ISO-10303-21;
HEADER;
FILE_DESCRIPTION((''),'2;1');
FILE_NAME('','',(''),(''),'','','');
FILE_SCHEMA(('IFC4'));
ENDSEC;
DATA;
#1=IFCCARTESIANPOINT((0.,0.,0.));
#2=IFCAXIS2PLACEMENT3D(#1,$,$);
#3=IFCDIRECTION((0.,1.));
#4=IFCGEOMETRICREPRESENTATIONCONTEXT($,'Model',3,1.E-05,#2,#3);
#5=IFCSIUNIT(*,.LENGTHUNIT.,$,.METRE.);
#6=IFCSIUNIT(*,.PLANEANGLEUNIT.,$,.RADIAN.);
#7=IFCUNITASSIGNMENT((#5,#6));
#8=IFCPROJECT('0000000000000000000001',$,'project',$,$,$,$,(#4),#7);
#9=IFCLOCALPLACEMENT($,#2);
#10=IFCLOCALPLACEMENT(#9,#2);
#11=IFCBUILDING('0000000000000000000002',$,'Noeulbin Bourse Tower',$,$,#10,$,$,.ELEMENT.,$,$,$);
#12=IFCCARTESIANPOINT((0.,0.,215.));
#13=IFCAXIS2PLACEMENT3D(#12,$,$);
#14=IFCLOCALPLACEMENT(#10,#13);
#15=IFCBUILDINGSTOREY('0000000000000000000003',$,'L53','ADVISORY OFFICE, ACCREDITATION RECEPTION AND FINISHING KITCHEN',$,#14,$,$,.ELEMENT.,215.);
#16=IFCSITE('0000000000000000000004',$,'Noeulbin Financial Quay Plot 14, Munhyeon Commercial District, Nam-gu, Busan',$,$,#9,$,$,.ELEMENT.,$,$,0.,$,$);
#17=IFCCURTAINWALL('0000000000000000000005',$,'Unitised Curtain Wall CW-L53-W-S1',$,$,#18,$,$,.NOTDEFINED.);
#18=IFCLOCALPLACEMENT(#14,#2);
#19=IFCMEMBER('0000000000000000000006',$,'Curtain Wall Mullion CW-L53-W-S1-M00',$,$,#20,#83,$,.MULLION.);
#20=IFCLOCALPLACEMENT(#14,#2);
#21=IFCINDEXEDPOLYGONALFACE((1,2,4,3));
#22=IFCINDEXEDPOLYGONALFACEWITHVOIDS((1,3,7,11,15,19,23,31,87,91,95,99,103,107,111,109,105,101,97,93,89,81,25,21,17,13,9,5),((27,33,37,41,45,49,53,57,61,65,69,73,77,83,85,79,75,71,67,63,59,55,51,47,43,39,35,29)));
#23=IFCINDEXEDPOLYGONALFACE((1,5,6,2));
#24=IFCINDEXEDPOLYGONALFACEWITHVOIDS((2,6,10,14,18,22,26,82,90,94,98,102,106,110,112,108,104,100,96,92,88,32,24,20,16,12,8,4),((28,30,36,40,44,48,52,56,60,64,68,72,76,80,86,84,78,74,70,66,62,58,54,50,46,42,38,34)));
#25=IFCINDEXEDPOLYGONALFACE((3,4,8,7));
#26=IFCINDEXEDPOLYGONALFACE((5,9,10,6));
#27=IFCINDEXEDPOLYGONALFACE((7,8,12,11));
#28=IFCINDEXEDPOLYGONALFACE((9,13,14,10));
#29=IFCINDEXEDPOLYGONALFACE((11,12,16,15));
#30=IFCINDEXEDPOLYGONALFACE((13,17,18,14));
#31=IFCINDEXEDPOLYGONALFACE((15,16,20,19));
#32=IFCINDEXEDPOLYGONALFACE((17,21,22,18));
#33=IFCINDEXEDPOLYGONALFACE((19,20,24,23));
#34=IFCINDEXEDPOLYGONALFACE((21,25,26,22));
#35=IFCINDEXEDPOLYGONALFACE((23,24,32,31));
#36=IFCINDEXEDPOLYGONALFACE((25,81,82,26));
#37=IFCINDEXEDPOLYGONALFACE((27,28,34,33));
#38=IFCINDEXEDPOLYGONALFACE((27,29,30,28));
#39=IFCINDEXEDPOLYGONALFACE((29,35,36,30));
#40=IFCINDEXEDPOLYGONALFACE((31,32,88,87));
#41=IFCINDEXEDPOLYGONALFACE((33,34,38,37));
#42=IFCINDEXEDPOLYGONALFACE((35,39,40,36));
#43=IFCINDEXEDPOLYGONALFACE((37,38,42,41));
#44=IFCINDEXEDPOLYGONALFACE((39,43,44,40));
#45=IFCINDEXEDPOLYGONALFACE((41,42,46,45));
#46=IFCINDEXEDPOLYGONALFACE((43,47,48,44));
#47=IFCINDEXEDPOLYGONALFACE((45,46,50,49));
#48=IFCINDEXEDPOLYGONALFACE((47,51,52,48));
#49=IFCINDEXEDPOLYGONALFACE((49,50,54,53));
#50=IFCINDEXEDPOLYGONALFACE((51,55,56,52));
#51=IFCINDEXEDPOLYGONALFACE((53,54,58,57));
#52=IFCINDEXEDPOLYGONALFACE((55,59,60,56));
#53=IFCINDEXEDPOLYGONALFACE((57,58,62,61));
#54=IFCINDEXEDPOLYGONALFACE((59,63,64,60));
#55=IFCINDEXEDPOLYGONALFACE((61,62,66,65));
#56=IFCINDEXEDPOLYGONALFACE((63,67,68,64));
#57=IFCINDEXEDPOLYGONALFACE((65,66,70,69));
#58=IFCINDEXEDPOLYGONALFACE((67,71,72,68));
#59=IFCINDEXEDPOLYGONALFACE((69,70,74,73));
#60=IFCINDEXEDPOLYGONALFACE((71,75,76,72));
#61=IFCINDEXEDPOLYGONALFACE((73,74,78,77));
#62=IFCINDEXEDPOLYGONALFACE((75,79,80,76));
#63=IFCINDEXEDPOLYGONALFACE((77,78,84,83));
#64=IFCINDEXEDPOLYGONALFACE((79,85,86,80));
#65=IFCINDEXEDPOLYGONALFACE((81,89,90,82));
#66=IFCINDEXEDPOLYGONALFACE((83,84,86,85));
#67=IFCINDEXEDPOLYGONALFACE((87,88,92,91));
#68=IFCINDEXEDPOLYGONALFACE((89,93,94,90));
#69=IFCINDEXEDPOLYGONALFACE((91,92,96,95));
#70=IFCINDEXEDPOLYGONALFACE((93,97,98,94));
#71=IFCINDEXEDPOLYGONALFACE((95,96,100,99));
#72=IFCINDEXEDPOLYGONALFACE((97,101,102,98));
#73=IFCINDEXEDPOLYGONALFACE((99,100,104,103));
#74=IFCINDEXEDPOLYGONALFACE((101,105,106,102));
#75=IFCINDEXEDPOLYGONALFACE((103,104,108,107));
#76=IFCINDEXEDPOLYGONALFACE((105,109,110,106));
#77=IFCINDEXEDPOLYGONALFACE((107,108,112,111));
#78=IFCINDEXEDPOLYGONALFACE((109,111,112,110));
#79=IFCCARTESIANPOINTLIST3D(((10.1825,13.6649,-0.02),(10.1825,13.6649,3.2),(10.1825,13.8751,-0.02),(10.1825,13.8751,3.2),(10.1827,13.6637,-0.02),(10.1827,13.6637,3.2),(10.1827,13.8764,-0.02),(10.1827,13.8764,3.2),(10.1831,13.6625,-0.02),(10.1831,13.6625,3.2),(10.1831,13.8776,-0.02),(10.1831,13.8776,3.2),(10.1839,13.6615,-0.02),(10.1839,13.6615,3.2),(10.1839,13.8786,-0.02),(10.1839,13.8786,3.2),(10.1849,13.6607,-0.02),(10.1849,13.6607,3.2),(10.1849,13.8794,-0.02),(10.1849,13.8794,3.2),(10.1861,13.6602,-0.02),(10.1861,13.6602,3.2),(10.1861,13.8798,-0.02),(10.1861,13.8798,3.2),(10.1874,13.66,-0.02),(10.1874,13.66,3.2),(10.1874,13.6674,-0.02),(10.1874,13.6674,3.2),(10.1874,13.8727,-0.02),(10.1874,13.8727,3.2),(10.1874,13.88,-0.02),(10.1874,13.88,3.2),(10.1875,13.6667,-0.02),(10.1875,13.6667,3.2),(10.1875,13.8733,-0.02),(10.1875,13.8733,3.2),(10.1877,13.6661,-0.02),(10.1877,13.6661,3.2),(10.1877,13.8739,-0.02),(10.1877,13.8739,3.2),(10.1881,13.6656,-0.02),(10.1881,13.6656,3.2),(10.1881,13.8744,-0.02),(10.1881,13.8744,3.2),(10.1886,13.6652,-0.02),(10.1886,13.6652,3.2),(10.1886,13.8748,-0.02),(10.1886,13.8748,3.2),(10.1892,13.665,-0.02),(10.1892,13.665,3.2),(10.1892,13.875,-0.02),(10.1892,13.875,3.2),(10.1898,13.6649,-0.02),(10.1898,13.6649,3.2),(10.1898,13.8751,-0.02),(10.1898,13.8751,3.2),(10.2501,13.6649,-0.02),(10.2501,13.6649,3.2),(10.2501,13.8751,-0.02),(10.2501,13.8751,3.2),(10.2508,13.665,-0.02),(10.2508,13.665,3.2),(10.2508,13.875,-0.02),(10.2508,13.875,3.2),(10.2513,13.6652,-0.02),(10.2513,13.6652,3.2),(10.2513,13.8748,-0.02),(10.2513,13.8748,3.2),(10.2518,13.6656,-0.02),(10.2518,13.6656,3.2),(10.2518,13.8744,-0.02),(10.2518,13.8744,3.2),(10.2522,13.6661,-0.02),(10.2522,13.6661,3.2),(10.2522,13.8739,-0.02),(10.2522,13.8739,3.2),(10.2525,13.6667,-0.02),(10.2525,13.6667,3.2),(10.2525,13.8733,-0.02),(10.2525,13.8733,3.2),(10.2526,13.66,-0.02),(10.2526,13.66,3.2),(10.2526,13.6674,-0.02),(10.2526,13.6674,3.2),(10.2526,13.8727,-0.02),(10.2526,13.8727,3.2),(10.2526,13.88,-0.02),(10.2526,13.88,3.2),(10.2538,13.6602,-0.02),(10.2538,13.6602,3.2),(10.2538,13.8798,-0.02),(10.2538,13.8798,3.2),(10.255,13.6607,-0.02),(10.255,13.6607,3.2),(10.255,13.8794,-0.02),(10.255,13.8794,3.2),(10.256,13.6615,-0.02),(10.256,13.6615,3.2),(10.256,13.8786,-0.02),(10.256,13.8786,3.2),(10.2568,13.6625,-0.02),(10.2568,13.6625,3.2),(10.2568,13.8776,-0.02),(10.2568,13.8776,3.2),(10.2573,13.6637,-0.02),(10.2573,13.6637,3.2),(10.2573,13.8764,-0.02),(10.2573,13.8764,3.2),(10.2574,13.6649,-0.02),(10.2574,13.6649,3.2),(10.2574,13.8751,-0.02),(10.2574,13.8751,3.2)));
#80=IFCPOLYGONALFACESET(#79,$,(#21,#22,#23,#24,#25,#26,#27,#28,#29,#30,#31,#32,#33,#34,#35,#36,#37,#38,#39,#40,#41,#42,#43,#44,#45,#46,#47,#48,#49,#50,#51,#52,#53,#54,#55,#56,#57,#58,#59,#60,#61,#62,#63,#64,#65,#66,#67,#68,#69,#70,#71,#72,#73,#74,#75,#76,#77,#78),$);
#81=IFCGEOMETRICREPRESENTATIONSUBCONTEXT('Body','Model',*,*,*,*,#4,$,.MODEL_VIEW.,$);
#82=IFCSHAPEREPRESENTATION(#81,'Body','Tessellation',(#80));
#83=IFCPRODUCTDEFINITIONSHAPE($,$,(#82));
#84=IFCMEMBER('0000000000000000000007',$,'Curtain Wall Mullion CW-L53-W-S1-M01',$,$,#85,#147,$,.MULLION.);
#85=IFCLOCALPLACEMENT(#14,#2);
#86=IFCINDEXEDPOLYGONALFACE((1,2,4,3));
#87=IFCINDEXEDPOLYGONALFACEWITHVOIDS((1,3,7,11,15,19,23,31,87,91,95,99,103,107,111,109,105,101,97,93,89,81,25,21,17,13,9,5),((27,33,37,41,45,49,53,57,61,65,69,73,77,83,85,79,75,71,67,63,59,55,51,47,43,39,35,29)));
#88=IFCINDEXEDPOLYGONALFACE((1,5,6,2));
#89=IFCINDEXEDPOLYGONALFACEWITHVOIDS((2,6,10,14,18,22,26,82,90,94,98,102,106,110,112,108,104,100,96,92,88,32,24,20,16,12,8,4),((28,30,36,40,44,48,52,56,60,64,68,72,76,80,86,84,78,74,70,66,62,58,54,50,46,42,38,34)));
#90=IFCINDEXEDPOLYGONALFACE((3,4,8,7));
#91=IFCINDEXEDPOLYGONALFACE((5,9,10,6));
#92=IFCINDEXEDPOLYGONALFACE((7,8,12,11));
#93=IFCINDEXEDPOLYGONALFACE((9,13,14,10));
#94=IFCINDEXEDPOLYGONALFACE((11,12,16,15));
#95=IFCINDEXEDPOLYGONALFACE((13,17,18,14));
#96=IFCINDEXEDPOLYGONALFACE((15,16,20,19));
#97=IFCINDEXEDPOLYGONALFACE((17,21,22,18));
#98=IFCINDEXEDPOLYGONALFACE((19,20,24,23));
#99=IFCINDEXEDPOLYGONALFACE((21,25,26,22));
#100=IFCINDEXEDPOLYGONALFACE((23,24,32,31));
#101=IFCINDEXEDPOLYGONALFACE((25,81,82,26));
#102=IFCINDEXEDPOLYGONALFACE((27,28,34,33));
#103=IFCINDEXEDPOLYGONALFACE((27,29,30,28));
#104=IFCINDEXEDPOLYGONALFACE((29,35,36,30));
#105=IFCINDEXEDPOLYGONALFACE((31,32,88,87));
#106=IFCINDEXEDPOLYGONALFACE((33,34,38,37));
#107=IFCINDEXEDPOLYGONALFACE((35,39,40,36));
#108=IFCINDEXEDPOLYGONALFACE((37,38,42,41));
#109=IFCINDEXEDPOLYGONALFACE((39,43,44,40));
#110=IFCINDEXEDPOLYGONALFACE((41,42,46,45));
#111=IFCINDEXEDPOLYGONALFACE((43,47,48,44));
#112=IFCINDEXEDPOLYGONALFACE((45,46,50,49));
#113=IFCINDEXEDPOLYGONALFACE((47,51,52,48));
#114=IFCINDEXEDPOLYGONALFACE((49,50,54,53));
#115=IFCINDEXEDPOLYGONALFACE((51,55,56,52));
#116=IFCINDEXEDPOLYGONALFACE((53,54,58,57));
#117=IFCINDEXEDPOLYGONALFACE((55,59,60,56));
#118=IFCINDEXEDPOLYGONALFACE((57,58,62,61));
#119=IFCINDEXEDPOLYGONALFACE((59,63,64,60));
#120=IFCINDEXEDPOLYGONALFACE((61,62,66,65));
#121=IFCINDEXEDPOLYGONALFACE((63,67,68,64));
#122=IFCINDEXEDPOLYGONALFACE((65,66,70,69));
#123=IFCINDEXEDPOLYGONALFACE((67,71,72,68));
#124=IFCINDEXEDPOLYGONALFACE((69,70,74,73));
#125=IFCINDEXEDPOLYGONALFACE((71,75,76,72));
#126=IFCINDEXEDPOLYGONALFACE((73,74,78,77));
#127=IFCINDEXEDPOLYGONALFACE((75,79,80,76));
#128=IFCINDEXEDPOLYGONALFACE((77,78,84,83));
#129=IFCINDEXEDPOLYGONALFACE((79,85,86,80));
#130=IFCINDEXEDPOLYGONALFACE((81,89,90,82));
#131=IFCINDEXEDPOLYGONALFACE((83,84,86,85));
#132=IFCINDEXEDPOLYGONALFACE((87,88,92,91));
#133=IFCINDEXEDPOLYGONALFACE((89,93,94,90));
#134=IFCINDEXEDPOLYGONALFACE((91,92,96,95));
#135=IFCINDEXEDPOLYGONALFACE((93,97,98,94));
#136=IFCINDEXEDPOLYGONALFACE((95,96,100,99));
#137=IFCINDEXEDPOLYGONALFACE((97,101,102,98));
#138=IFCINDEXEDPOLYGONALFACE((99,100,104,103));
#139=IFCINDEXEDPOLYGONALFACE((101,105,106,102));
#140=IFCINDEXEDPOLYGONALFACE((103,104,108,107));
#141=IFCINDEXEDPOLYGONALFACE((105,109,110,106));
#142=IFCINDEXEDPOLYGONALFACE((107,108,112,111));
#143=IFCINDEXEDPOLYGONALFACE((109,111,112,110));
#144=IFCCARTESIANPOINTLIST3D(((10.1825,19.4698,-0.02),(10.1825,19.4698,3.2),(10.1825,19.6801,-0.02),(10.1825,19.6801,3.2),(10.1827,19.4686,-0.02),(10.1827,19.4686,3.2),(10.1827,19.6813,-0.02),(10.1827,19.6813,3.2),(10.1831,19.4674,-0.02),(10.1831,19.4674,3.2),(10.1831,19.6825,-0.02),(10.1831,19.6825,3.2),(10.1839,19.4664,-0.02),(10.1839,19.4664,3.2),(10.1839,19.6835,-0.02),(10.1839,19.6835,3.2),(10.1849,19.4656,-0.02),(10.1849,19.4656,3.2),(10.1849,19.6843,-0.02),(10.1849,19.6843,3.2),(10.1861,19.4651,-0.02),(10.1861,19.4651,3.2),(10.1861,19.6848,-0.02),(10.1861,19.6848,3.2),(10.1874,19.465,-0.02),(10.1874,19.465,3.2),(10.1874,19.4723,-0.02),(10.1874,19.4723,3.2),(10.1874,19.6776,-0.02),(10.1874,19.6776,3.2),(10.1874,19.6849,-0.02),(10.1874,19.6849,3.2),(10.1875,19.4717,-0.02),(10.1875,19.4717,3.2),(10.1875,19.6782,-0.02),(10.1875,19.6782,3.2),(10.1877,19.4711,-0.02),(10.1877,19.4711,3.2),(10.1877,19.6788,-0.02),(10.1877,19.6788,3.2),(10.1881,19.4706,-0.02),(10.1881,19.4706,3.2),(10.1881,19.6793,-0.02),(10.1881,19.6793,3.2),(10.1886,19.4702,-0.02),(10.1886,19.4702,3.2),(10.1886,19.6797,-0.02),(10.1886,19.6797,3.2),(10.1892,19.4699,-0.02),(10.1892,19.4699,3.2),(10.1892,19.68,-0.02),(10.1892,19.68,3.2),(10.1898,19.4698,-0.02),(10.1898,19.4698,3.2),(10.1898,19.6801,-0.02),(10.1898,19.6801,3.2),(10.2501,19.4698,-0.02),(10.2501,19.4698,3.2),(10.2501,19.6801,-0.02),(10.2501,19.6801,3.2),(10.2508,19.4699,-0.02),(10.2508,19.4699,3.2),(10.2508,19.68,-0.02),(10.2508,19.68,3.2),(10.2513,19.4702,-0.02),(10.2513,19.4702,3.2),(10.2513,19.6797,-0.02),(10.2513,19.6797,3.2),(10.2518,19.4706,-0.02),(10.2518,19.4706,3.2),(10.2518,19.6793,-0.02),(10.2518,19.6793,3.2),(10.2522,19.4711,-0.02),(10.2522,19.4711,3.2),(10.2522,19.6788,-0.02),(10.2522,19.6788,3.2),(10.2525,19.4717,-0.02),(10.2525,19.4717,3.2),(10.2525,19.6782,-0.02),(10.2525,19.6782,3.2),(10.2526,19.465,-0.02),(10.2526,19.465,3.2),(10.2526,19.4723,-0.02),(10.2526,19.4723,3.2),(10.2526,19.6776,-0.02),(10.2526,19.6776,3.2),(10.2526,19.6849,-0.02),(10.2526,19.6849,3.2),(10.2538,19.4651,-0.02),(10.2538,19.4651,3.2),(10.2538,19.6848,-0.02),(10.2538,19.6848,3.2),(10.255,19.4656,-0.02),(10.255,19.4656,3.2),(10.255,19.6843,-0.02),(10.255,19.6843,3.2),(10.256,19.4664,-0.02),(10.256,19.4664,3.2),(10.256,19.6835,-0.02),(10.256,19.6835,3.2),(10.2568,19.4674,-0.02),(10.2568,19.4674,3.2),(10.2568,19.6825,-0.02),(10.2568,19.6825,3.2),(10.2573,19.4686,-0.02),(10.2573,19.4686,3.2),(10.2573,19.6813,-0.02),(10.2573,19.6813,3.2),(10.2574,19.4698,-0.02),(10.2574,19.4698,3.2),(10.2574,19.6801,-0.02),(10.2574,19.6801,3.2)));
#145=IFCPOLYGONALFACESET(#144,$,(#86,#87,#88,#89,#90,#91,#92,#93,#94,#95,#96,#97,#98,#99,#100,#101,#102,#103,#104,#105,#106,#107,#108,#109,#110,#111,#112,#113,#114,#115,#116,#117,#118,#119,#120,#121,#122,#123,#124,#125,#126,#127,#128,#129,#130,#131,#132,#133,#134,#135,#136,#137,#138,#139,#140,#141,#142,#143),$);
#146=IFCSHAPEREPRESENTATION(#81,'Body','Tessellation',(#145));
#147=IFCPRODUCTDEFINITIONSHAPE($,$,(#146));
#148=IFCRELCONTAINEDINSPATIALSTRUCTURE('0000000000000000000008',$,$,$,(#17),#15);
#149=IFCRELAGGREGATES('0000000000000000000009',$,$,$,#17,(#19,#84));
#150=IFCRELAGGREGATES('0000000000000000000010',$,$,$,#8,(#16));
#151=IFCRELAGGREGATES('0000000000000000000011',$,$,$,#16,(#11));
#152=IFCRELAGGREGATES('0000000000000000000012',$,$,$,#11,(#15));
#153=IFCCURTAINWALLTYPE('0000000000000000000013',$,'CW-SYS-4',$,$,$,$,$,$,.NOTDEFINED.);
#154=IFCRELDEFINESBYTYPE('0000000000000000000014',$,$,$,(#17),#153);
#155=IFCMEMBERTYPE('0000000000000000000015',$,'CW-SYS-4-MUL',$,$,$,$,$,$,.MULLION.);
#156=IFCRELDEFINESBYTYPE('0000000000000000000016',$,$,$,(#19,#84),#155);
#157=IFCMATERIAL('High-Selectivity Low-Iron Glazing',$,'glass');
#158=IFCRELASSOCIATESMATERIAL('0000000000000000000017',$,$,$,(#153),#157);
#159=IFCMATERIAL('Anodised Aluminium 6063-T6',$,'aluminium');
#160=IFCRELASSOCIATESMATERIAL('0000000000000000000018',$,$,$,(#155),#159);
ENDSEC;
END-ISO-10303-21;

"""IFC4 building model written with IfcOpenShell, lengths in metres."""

from ifc_helpers import new_model, si_unit, direction, frame, origin, origin_2d, place, context, subcontext, project, spatial, hollow_rectangle, extrude, material, material_profile, profile_set, type_object, element, aggregate, save


model = new_model("IFC4")

# Units and contexts
model_context = context("Model", 3, precision=1e-05, world=origin(), true_north=direction((0.0, 1.0)))
body_context = subcontext(model_context, "Body", "Model", "MODEL_VIEW")
ifc_project = project(units=[si_unit("LENGTHUNIT", "METRE"), si_unit("PLANEANGLEUNIT", "RADIAN")], contexts=[model_context])

# Site, building, storey
site_placement = place(None, origin())
site = spatial("IfcSite", under=ifc_project, at=site_placement, Name="Noeulbin Financial Quay Plot 14, Munhyeon Commercial District, Nam-gu, Busan", CompositionType="ELEMENT", RefElevation=0.0)
building_placement = place(site_placement, origin())
building = spatial("IfcBuilding", under=site, at=building_placement, Name="Noeulbin Bourse Tower", CompositionType="ELEMENT")
storey_placement = place(building_placement, frame((0.0, 0.0, 215.0)))
storey = spatial("IfcBuildingStorey", under=building, at=storey_placement, Name="L53", Description="ADVISORY OFFICE, ACCREDITATION RECEPTION AND FINISHING KITCHEN", CompositionType="ELEMENT", Elevation=215.0)

# Curtain wall, members
ifc_material_1 = material(Name="High-Selectivity Low-Iron Glazing", Category="glass")
curtain_wall_type = type_object("IfcCurtainWallType", Name="CW-SYS-4", PredefinedType="NOTDEFINED", material=ifc_material_1)
curtain_wall_placement = place(storey_placement, origin())
curtain_wall = element("IfcCurtainWall", 1, at=curtain_wall_placement, inside=storey, type_object=curtain_wall_type, Name="Unitised Curtain Wall CW-L53-W-S1", PredefinedType="NOTDEFINED")
ifc_material_2 = material(Name="Anodised Aluminium 6063-T6", Category="aluminium")
ifc_material_profile_1 = material_profile(ifc_material_2, hollow_rectangle(XDim=0.075, YDim=0.22, WallThickness=0.0049, InnerFilletRadius=0.0024, OuterFilletRadius=0.0049, at=origin_2d()), Name="ALU-MULL-75x220x5", Category="LoadBearing")
ifc_profile_set_1 = profile_set([ifc_material_profile_1], Name="Anodised Aluminium 6063-T6")
member_type_1 = type_object("IfcMemberType", Name="CW-SYS-4-MUL", PredefinedType="MULLION", material=ifc_profile_set_1)
member_1_placement = place(storey_placement, frame((10.22, 13.77, -0.02), z_axis=(0.0, 0.0, 1.0), x_axis=(1.0, 0.0, 0.0)))
member_1 = element("IfcMember", 2, at=member_1_placement, type_object=member_type_1, Name="Curtain Wall Mullion CW-L53-W-S1-M00", PredefinedType="MULLION", context=body_context, shape_type="SweptSolid", body=[
    extrude(hollow_rectangle(XDim=0.075, YDim=0.22, WallThickness=0.0049, InnerFilletRadius=0.0024, OuterFilletRadius=0.0049, at=origin_2d()), origin(), (0.0, 0.0, 1.0), 3.22),
])
member_2_placement = place(storey_placement, frame((10.22, 19.575, -0.02), z_axis=(0.0, 0.0, 1.0), x_axis=(1.0, 0.0, 0.0)))
member_2 = element("IfcMember", 3, at=member_2_placement, type_object=member_type_1, Name="Curtain Wall Mullion CW-L53-W-S1-M01", PredefinedType="MULLION", context=body_context, shape_type="SweptSolid", body=[
    extrude(hollow_rectangle(XDim=0.075, YDim=0.22, WallThickness=0.0049, InnerFilletRadius=0.0024, OuterFilletRadius=0.0049, at=origin_2d()), origin(), (0.0, 0.0, 1.0), 3.22),
])
aggregate(curtain_wall, [member_1, member_2])

save(model, "model.ifc")
